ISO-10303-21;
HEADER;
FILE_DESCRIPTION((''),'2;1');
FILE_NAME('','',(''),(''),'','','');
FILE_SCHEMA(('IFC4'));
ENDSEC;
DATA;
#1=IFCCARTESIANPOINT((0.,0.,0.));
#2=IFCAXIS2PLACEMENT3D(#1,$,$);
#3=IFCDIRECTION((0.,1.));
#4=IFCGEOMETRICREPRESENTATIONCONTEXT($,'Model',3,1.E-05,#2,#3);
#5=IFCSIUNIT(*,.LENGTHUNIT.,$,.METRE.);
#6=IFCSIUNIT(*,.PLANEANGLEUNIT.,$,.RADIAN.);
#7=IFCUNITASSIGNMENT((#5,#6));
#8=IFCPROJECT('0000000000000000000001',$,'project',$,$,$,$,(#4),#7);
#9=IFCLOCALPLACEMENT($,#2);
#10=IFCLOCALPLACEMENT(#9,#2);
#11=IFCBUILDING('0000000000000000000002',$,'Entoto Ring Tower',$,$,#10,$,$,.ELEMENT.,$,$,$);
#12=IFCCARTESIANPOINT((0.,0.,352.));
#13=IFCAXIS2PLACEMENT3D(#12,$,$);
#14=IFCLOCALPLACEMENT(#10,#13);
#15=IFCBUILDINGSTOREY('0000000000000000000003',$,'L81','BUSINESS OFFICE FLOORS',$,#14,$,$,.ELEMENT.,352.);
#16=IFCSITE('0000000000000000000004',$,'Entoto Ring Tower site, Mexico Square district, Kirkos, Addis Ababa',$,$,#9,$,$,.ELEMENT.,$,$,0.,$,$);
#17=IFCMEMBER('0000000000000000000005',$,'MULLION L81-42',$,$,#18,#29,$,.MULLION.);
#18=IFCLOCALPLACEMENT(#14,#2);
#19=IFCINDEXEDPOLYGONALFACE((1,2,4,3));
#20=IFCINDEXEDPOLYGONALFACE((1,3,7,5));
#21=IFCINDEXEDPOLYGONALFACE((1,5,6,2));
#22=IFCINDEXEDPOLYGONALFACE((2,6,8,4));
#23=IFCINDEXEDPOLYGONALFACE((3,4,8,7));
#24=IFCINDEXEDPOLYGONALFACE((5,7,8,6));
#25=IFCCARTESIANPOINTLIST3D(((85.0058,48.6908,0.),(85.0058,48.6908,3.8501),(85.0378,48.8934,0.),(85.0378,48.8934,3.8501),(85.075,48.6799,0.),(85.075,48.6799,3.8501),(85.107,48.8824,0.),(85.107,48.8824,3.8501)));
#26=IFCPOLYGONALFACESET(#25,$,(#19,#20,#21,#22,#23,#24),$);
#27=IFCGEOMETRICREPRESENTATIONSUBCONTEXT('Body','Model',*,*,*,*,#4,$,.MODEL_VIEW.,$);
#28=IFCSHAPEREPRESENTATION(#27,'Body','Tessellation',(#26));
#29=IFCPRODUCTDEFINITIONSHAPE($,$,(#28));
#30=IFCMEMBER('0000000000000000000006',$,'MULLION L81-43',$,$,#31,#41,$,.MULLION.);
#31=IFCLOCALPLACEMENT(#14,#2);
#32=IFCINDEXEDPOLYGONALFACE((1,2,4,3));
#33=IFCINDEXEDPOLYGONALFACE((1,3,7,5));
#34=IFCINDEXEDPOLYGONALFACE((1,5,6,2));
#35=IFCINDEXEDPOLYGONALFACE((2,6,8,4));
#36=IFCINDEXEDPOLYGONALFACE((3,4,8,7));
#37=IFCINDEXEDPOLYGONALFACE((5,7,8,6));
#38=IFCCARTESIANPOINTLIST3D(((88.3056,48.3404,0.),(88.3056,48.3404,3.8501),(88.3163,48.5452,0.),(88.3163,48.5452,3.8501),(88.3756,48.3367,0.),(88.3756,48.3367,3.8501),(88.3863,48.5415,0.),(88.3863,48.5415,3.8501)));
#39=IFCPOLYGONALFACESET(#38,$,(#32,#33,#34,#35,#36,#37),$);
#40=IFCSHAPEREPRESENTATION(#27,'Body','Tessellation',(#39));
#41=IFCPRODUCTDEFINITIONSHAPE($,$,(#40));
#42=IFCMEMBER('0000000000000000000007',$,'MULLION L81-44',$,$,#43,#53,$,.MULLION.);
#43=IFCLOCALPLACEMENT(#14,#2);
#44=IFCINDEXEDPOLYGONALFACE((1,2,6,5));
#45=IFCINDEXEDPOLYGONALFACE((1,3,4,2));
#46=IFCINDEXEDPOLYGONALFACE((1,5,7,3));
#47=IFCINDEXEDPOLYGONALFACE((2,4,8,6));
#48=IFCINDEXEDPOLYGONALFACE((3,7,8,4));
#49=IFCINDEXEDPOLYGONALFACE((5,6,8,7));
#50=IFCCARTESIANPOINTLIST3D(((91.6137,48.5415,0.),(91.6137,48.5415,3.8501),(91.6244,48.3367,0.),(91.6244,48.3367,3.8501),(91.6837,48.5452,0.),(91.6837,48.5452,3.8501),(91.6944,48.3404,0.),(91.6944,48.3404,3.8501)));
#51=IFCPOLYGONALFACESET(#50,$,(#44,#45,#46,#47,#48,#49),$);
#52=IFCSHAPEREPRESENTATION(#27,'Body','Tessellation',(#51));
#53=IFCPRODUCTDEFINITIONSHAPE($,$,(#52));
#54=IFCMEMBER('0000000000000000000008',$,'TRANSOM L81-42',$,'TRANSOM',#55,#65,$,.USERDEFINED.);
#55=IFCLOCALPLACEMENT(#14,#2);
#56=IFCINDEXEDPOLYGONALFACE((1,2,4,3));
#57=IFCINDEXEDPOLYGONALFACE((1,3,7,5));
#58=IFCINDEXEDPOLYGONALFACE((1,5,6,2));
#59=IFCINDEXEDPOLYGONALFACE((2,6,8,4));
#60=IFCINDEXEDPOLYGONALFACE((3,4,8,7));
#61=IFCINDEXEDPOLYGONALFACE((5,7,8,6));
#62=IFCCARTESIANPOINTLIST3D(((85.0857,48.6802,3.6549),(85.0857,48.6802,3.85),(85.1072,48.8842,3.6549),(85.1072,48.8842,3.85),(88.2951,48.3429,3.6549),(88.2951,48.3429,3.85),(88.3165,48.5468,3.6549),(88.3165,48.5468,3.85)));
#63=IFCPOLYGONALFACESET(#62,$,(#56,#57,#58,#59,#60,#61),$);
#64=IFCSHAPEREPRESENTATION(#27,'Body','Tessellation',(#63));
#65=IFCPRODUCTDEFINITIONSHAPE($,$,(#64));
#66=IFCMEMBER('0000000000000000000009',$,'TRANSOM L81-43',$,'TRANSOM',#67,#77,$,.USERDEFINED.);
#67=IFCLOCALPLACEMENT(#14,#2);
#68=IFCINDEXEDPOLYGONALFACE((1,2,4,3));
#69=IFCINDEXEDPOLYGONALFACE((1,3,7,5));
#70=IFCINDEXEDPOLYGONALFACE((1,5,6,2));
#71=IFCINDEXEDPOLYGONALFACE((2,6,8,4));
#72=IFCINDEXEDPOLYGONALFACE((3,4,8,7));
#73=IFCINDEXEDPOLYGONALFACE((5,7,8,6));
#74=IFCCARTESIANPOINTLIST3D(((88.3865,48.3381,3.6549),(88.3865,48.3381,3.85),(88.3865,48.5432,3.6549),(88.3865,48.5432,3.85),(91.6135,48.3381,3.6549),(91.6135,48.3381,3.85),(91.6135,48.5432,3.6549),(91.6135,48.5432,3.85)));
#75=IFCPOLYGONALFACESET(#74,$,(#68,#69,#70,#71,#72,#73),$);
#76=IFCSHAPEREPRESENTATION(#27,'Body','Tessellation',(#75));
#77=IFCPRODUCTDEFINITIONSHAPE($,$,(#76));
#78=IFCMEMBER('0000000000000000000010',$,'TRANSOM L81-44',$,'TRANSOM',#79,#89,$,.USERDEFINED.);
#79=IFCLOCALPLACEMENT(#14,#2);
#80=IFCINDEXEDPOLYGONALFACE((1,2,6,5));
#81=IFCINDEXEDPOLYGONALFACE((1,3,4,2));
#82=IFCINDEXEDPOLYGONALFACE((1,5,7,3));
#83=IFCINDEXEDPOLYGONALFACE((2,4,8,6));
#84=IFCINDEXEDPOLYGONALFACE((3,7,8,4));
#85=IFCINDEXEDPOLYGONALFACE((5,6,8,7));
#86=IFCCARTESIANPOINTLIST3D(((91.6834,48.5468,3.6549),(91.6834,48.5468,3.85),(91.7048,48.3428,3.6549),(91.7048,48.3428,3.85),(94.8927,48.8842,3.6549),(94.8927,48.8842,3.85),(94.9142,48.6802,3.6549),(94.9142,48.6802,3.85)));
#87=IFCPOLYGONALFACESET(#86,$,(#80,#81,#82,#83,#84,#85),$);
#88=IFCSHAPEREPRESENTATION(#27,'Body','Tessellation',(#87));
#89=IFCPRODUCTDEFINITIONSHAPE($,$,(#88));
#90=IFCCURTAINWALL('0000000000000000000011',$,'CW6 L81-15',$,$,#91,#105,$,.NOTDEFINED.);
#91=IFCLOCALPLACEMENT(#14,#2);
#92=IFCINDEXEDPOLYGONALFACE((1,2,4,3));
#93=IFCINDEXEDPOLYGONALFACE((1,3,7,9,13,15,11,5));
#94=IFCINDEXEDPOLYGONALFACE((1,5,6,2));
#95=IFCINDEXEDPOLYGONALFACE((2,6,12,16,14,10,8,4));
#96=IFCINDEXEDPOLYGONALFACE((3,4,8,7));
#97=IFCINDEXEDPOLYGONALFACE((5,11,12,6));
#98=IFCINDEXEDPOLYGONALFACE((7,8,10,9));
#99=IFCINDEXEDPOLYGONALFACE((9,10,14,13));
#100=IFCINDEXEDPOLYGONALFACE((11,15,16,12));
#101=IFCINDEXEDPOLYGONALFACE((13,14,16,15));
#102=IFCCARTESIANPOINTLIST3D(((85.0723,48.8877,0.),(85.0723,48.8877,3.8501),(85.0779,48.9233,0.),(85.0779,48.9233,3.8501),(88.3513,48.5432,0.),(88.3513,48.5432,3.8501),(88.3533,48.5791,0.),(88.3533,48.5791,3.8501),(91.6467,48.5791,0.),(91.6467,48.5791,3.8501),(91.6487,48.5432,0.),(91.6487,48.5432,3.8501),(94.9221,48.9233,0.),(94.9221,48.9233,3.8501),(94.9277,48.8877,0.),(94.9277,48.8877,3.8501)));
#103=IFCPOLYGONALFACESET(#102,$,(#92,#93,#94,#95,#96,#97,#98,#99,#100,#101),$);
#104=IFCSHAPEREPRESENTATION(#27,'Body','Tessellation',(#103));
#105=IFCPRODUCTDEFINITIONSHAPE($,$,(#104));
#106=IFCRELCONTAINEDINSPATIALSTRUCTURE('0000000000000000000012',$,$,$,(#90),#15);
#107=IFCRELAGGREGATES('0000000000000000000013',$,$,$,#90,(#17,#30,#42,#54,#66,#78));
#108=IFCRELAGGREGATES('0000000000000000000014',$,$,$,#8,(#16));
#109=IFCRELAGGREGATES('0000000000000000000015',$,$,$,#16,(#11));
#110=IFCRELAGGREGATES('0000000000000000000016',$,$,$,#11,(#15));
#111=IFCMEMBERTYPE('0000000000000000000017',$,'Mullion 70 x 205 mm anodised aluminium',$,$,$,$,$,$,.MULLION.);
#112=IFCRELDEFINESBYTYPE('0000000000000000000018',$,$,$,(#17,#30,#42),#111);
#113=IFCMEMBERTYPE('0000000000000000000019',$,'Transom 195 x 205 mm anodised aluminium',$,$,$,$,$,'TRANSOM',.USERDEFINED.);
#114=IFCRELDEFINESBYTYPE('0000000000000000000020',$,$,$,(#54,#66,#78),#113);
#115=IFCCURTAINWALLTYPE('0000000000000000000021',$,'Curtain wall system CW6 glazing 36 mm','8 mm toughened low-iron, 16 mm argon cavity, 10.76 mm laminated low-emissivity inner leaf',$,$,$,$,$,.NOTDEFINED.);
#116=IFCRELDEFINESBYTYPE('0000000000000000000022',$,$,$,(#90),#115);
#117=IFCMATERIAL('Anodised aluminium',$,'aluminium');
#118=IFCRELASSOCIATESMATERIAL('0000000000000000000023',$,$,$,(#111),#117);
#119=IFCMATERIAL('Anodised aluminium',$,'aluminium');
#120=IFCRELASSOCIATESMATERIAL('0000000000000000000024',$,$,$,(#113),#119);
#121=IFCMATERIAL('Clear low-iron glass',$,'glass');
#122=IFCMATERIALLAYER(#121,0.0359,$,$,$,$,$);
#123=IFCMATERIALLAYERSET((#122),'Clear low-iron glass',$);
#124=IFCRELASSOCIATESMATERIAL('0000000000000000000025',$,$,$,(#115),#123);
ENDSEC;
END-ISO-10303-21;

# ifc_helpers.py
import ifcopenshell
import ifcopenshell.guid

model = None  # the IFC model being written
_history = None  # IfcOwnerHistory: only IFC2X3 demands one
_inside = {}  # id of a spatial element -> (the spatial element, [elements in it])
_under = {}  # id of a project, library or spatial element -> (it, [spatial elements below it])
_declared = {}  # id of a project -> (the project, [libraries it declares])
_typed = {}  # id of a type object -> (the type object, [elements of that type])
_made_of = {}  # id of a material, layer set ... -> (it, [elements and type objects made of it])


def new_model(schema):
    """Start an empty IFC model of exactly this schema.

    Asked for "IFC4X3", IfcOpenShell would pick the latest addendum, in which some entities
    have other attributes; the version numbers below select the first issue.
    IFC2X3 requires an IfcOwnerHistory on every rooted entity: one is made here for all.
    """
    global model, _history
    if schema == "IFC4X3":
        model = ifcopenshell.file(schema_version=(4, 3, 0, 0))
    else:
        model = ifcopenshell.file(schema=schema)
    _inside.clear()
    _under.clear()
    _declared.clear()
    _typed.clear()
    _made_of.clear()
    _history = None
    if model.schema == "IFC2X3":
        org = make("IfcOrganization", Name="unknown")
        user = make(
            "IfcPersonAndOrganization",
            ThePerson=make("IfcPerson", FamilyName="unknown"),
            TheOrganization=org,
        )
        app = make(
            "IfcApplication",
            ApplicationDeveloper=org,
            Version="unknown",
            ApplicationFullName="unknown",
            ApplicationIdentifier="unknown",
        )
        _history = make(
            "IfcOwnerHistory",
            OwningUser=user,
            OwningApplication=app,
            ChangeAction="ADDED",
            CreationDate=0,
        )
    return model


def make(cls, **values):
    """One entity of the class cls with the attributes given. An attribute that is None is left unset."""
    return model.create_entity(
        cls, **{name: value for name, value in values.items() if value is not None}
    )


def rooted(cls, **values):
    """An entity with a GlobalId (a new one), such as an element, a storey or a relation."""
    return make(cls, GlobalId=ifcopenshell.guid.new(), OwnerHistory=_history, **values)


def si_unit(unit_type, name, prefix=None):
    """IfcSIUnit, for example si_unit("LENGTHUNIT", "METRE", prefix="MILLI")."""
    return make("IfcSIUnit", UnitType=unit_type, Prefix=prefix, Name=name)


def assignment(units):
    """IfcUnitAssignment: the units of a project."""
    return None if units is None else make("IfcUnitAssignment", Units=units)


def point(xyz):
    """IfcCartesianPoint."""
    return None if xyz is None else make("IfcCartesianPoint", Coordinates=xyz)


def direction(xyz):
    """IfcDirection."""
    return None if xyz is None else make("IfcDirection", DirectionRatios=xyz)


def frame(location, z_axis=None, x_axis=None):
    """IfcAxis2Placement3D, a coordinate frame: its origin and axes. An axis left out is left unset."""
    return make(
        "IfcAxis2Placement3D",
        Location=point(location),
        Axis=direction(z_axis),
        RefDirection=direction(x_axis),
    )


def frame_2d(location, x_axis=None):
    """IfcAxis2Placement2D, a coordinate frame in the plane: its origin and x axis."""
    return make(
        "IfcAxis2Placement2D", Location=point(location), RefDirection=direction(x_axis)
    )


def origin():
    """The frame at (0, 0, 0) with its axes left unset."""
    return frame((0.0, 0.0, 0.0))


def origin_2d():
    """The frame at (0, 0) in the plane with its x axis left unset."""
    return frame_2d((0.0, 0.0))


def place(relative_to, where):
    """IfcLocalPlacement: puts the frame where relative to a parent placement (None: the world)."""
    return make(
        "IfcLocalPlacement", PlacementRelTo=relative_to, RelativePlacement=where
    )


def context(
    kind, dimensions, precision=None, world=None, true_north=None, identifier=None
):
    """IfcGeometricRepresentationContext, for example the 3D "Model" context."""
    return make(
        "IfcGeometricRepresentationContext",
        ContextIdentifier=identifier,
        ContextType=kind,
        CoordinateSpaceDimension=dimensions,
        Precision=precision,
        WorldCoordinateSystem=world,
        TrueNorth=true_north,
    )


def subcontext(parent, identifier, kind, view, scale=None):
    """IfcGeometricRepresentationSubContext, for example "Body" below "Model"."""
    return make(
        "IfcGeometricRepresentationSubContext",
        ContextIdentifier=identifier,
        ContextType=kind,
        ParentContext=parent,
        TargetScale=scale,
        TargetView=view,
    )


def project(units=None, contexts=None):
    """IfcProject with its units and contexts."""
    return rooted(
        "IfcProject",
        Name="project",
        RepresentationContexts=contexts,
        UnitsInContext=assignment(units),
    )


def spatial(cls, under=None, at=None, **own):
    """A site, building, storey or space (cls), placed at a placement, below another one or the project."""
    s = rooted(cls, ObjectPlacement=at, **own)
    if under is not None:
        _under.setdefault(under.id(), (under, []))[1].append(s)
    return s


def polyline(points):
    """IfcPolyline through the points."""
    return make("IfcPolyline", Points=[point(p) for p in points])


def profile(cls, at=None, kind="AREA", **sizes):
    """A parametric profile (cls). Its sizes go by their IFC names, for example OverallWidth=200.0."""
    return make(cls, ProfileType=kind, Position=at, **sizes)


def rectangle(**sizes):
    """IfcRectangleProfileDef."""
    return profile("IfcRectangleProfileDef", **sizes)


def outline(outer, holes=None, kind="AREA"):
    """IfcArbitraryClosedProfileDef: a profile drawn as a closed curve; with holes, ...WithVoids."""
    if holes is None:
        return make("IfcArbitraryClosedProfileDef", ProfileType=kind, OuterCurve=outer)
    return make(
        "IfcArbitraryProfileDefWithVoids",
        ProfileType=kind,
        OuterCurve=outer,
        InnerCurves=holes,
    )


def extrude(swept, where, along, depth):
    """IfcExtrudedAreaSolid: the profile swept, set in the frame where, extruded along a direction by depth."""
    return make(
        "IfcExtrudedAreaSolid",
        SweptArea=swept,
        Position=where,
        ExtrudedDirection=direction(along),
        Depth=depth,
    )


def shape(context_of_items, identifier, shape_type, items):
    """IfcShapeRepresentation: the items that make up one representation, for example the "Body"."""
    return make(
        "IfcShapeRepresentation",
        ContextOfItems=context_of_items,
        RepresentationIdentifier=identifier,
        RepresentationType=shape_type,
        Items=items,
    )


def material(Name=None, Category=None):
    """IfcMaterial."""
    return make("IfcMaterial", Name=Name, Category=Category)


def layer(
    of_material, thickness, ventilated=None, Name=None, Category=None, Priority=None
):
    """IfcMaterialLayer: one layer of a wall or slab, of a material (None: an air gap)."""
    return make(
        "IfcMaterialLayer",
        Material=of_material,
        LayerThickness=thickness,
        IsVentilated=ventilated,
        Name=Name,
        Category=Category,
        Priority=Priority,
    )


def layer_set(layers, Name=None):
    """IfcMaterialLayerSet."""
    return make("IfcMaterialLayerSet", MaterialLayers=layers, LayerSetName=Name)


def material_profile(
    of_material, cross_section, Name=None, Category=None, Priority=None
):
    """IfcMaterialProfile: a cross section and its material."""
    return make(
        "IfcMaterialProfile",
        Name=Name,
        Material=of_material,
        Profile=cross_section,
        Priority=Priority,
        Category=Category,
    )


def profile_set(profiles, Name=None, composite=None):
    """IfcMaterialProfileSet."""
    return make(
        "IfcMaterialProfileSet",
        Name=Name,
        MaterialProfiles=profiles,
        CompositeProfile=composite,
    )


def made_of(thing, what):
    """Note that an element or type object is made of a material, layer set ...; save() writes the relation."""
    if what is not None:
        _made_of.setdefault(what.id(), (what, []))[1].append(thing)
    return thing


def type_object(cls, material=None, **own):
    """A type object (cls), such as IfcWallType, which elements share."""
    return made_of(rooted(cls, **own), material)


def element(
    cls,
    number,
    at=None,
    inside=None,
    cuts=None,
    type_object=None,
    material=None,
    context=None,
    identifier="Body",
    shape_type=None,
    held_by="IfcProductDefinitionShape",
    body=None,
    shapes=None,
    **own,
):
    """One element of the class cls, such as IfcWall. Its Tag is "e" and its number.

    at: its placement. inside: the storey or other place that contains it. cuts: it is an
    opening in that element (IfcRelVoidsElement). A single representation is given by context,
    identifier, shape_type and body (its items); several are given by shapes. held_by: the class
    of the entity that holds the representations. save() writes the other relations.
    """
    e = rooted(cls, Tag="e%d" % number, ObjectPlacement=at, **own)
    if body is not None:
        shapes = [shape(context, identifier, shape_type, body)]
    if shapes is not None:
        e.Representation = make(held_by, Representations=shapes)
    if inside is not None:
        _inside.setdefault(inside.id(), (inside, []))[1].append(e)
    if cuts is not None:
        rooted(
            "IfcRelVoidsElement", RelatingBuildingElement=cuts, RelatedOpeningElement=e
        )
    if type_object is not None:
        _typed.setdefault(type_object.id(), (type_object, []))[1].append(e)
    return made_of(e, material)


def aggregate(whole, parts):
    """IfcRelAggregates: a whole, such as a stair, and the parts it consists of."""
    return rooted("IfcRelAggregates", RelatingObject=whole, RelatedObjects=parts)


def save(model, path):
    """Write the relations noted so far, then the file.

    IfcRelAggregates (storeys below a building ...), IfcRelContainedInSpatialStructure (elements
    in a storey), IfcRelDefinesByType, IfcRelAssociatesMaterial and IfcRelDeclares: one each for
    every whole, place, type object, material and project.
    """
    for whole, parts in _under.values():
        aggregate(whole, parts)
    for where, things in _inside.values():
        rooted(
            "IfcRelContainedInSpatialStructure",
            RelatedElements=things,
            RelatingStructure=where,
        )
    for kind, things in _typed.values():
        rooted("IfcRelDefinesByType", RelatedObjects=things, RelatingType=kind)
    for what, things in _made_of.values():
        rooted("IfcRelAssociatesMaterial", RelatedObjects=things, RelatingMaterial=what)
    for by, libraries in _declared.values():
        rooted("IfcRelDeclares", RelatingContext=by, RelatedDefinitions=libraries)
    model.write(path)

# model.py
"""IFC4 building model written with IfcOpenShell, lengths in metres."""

from ifc_helpers import new_model, si_unit, direction, frame, origin, origin_2d, place, context, subcontext, project, spatial, polyline, rectangle, outline, extrude, material, layer, layer_set, material_profile, profile_set, type_object, element, aggregate, save


model = new_model("IFC4")

# Units and contexts
model_context = context("Model", 3, precision=1e-05, world=origin(), true_north=direction((0.0, 1.0)))
body_context = subcontext(model_context, "Body", "Model", "MODEL_VIEW")
ifc_project = project(units=[si_unit("LENGTHUNIT", "METRE"), si_unit("PLANEANGLEUNIT", "RADIAN")], contexts=[model_context])

# Members
ifc_material_1 = material(Name="Anodised aluminium", Category="aluminium")
ifc_material_profile_1 = material_profile(ifc_material_1, rectangle(XDim=0.0701, YDim=0.2051, at=origin_2d()), Name="Mullion 70 x 205 mm anodised aluminium")
ifc_profile_set_1 = profile_set([ifc_material_profile_1], Name="Anodised aluminium")
member_type_1 = type_object("IfcMemberType", Name="Mullion 70 x 205 mm anodised aluminium", PredefinedType="MULLION", material=ifc_profile_set_1)
site_placement = place(None, origin())
building_placement = place(site_placement, origin())
storey_placement = place(building_placement, frame((0.0, 0.0, 352.0)))
member_1_placement = place(storey_placement, frame((85.0564, 48.7866, 0.0), z_axis=(0.0, 0.0, 1.0), x_axis=(0.987688, -0.156434, 0.0)))
member_1 = element("IfcMember", 1, at=member_1_placement, type_object=member_type_1, Name="MULLION L81-42", PredefinedType="MULLION", context=body_context, shape_type="SweptSolid", body=[
    extrude(rectangle(XDim=0.0701, YDim=0.2051, at=origin_2d()), origin(), (0.0, 0.0, 1.0), 3.8501),
])
member_2_placement = place(storey_placement, frame((88.3459, 48.4409, 0.0), z_axis=(0.0, 0.0, 1.0), x_axis=(0.99863, -0.052336, 0.0)))
member_2 = element("IfcMember", 2, at=member_2_placement, type_object=member_type_1, Name="MULLION L81-43", PredefinedType="MULLION", context=body_context, shape_type="SweptSolid", body=[
    extrude(rectangle(XDim=0.0701, YDim=0.2051, at=origin_2d()), origin(), (0.0, 0.0, 1.0), 3.8501),
])
member_3_placement = place(storey_placement, frame((91.6541, 48.4409, 0.0), z_axis=(0.0, 0.0, 1.0), x_axis=(0.99863, 0.052336, 0.0)))
member_3 = element("IfcMember", 3, at=member_3_placement, type_object=member_type_1, Name="MULLION L81-44", PredefinedType="MULLION", context=body_context, shape_type="SweptSolid", body=[
    extrude(rectangle(XDim=0.0701, YDim=0.2051, at=origin_2d()), origin(), (0.0, 0.0, 1.0), 3.8501),
])
ifc_material_2 = material(Name="Anodised aluminium", Category="aluminium")
ifc_material_profile_2 = material_profile(ifc_material_2, rectangle(XDim=0.2051, YDim=0.1951, at=origin_2d()), Name="Transom 195 x 205 mm anodised aluminium")
ifc_profile_set_2 = profile_set([ifc_material_profile_2], Name="Anodised aluminium")
member_type_2 = type_object("IfcMemberType", Name="Transom 195 x 205 mm anodised aluminium", ElementType="TRANSOM", PredefinedType="USERDEFINED", material=ifc_profile_set_2)
member_4_placement = place(storey_placement, frame((85.0964, 48.7822, 3.7524), z_axis=(0.99452, -0.104551, 0.0), x_axis=(0.104551, 0.99452, 0.0)))
member_4 = element("IfcMember", 4, at=member_4_placement, type_object=member_type_2, Name="TRANSOM L81-42", ObjectType="TRANSOM", PredefinedType="USERDEFINED", context=body_context, shape_type="SweptSolid", body=[
    extrude(rectangle(XDim=0.2051, YDim=0.1951, at=origin_2d()), origin(), (0.0, 0.0, 1.0), 3.2271),
])
member_5_placement = place(storey_placement, frame((88.3865, 48.4407, 3.7524), z_axis=(1.0, 0.0, 0.0), x_axis=(0.0, 1.0, 0.0)))
member_5 = element("IfcMember", 5, at=member_5_placement, type_object=member_type_2, Name="TRANSOM L81-43", ObjectType="TRANSOM", PredefinedType="USERDEFINED", context=body_context, shape_type="SweptSolid", body=[
    extrude(rectangle(XDim=0.2051, YDim=0.1951, at=origin_2d()), origin(), (0.0, 0.0, 1.0), 3.2271),
])
member_6_placement = place(storey_placement, frame((91.6941, 48.4448, 3.7524), z_axis=(0.99452, 0.104551, 0.0), x_axis=(-0.104551, 0.99452, 0.0)))
member_6 = element("IfcMember", 6, at=member_6_placement, type_object=member_type_2, Name="TRANSOM L81-44", ObjectType="TRANSOM", PredefinedType="USERDEFINED", context=body_context, shape_type="SweptSolid", body=[
    extrude(rectangle(XDim=0.2051, YDim=0.1951, at=origin_2d()), origin(), (0.0, 0.0, 1.0), 3.2271),
])

# Site, building, storey
site = spatial("IfcSite", under=ifc_project, at=site_placement, Name="Entoto Ring Tower site, Mexico Square district, Kirkos, Addis Ababa", CompositionType="ELEMENT", RefElevation=0.0)
building = spatial("IfcBuilding", under=site, at=building_placement, Name="Entoto Ring Tower", CompositionType="ELEMENT")
storey = spatial("IfcBuildingStorey", under=building, at=storey_placement, Name="L81", Description="BUSINESS OFFICE FLOORS", CompositionType="ELEMENT", Elevation=352.0)

# Curtain wall
ifc_material_3 = material(Name="Clear low-iron glass", Category="glass")
ifc_layer = layer(ifc_material_3, 0.0359)
ifc_layer_set = layer_set([ifc_layer], Name="Clear low-iron glass")
curtain_wall_type = type_object("IfcCurtainWallType", Name="Curtain wall system CW6 glazing 36 mm", Description="8 mm toughened low-iron, 16 mm argon cavity, 10.76 mm laminated low-emissivity inner leaf", PredefinedType="NOTDEFINED", material=ifc_layer_set)
curtain_wall_1_placement = place(storey_placement, origin())
curtain_wall_1 = element("IfcCurtainWall", 7, at=curtain_wall_1_placement, inside=storey, type_object=curtain_wall_type, Name="CW6 L81-15", PredefinedType="NOTDEFINED", context=body_context, shape_type="SweptSolid", body=[
    extrude(outline(polyline([(85.0723, 48.8877), (88.3513, 48.5432), (91.6487, 48.5432), (94.9277, 48.8877), (94.9221, 48.9233), (91.6467, 48.5791), (88.3533, 48.5791), (85.0779, 48.9233), (85.0723, 48.8877)])), origin(), (0.0, 0.0, 1.0), 3.8501),
])
aggregate(curtain_wall_1, [member_1, member_2, member_3, member_4, member_5, member_6])

save(model, "model.ifc")
